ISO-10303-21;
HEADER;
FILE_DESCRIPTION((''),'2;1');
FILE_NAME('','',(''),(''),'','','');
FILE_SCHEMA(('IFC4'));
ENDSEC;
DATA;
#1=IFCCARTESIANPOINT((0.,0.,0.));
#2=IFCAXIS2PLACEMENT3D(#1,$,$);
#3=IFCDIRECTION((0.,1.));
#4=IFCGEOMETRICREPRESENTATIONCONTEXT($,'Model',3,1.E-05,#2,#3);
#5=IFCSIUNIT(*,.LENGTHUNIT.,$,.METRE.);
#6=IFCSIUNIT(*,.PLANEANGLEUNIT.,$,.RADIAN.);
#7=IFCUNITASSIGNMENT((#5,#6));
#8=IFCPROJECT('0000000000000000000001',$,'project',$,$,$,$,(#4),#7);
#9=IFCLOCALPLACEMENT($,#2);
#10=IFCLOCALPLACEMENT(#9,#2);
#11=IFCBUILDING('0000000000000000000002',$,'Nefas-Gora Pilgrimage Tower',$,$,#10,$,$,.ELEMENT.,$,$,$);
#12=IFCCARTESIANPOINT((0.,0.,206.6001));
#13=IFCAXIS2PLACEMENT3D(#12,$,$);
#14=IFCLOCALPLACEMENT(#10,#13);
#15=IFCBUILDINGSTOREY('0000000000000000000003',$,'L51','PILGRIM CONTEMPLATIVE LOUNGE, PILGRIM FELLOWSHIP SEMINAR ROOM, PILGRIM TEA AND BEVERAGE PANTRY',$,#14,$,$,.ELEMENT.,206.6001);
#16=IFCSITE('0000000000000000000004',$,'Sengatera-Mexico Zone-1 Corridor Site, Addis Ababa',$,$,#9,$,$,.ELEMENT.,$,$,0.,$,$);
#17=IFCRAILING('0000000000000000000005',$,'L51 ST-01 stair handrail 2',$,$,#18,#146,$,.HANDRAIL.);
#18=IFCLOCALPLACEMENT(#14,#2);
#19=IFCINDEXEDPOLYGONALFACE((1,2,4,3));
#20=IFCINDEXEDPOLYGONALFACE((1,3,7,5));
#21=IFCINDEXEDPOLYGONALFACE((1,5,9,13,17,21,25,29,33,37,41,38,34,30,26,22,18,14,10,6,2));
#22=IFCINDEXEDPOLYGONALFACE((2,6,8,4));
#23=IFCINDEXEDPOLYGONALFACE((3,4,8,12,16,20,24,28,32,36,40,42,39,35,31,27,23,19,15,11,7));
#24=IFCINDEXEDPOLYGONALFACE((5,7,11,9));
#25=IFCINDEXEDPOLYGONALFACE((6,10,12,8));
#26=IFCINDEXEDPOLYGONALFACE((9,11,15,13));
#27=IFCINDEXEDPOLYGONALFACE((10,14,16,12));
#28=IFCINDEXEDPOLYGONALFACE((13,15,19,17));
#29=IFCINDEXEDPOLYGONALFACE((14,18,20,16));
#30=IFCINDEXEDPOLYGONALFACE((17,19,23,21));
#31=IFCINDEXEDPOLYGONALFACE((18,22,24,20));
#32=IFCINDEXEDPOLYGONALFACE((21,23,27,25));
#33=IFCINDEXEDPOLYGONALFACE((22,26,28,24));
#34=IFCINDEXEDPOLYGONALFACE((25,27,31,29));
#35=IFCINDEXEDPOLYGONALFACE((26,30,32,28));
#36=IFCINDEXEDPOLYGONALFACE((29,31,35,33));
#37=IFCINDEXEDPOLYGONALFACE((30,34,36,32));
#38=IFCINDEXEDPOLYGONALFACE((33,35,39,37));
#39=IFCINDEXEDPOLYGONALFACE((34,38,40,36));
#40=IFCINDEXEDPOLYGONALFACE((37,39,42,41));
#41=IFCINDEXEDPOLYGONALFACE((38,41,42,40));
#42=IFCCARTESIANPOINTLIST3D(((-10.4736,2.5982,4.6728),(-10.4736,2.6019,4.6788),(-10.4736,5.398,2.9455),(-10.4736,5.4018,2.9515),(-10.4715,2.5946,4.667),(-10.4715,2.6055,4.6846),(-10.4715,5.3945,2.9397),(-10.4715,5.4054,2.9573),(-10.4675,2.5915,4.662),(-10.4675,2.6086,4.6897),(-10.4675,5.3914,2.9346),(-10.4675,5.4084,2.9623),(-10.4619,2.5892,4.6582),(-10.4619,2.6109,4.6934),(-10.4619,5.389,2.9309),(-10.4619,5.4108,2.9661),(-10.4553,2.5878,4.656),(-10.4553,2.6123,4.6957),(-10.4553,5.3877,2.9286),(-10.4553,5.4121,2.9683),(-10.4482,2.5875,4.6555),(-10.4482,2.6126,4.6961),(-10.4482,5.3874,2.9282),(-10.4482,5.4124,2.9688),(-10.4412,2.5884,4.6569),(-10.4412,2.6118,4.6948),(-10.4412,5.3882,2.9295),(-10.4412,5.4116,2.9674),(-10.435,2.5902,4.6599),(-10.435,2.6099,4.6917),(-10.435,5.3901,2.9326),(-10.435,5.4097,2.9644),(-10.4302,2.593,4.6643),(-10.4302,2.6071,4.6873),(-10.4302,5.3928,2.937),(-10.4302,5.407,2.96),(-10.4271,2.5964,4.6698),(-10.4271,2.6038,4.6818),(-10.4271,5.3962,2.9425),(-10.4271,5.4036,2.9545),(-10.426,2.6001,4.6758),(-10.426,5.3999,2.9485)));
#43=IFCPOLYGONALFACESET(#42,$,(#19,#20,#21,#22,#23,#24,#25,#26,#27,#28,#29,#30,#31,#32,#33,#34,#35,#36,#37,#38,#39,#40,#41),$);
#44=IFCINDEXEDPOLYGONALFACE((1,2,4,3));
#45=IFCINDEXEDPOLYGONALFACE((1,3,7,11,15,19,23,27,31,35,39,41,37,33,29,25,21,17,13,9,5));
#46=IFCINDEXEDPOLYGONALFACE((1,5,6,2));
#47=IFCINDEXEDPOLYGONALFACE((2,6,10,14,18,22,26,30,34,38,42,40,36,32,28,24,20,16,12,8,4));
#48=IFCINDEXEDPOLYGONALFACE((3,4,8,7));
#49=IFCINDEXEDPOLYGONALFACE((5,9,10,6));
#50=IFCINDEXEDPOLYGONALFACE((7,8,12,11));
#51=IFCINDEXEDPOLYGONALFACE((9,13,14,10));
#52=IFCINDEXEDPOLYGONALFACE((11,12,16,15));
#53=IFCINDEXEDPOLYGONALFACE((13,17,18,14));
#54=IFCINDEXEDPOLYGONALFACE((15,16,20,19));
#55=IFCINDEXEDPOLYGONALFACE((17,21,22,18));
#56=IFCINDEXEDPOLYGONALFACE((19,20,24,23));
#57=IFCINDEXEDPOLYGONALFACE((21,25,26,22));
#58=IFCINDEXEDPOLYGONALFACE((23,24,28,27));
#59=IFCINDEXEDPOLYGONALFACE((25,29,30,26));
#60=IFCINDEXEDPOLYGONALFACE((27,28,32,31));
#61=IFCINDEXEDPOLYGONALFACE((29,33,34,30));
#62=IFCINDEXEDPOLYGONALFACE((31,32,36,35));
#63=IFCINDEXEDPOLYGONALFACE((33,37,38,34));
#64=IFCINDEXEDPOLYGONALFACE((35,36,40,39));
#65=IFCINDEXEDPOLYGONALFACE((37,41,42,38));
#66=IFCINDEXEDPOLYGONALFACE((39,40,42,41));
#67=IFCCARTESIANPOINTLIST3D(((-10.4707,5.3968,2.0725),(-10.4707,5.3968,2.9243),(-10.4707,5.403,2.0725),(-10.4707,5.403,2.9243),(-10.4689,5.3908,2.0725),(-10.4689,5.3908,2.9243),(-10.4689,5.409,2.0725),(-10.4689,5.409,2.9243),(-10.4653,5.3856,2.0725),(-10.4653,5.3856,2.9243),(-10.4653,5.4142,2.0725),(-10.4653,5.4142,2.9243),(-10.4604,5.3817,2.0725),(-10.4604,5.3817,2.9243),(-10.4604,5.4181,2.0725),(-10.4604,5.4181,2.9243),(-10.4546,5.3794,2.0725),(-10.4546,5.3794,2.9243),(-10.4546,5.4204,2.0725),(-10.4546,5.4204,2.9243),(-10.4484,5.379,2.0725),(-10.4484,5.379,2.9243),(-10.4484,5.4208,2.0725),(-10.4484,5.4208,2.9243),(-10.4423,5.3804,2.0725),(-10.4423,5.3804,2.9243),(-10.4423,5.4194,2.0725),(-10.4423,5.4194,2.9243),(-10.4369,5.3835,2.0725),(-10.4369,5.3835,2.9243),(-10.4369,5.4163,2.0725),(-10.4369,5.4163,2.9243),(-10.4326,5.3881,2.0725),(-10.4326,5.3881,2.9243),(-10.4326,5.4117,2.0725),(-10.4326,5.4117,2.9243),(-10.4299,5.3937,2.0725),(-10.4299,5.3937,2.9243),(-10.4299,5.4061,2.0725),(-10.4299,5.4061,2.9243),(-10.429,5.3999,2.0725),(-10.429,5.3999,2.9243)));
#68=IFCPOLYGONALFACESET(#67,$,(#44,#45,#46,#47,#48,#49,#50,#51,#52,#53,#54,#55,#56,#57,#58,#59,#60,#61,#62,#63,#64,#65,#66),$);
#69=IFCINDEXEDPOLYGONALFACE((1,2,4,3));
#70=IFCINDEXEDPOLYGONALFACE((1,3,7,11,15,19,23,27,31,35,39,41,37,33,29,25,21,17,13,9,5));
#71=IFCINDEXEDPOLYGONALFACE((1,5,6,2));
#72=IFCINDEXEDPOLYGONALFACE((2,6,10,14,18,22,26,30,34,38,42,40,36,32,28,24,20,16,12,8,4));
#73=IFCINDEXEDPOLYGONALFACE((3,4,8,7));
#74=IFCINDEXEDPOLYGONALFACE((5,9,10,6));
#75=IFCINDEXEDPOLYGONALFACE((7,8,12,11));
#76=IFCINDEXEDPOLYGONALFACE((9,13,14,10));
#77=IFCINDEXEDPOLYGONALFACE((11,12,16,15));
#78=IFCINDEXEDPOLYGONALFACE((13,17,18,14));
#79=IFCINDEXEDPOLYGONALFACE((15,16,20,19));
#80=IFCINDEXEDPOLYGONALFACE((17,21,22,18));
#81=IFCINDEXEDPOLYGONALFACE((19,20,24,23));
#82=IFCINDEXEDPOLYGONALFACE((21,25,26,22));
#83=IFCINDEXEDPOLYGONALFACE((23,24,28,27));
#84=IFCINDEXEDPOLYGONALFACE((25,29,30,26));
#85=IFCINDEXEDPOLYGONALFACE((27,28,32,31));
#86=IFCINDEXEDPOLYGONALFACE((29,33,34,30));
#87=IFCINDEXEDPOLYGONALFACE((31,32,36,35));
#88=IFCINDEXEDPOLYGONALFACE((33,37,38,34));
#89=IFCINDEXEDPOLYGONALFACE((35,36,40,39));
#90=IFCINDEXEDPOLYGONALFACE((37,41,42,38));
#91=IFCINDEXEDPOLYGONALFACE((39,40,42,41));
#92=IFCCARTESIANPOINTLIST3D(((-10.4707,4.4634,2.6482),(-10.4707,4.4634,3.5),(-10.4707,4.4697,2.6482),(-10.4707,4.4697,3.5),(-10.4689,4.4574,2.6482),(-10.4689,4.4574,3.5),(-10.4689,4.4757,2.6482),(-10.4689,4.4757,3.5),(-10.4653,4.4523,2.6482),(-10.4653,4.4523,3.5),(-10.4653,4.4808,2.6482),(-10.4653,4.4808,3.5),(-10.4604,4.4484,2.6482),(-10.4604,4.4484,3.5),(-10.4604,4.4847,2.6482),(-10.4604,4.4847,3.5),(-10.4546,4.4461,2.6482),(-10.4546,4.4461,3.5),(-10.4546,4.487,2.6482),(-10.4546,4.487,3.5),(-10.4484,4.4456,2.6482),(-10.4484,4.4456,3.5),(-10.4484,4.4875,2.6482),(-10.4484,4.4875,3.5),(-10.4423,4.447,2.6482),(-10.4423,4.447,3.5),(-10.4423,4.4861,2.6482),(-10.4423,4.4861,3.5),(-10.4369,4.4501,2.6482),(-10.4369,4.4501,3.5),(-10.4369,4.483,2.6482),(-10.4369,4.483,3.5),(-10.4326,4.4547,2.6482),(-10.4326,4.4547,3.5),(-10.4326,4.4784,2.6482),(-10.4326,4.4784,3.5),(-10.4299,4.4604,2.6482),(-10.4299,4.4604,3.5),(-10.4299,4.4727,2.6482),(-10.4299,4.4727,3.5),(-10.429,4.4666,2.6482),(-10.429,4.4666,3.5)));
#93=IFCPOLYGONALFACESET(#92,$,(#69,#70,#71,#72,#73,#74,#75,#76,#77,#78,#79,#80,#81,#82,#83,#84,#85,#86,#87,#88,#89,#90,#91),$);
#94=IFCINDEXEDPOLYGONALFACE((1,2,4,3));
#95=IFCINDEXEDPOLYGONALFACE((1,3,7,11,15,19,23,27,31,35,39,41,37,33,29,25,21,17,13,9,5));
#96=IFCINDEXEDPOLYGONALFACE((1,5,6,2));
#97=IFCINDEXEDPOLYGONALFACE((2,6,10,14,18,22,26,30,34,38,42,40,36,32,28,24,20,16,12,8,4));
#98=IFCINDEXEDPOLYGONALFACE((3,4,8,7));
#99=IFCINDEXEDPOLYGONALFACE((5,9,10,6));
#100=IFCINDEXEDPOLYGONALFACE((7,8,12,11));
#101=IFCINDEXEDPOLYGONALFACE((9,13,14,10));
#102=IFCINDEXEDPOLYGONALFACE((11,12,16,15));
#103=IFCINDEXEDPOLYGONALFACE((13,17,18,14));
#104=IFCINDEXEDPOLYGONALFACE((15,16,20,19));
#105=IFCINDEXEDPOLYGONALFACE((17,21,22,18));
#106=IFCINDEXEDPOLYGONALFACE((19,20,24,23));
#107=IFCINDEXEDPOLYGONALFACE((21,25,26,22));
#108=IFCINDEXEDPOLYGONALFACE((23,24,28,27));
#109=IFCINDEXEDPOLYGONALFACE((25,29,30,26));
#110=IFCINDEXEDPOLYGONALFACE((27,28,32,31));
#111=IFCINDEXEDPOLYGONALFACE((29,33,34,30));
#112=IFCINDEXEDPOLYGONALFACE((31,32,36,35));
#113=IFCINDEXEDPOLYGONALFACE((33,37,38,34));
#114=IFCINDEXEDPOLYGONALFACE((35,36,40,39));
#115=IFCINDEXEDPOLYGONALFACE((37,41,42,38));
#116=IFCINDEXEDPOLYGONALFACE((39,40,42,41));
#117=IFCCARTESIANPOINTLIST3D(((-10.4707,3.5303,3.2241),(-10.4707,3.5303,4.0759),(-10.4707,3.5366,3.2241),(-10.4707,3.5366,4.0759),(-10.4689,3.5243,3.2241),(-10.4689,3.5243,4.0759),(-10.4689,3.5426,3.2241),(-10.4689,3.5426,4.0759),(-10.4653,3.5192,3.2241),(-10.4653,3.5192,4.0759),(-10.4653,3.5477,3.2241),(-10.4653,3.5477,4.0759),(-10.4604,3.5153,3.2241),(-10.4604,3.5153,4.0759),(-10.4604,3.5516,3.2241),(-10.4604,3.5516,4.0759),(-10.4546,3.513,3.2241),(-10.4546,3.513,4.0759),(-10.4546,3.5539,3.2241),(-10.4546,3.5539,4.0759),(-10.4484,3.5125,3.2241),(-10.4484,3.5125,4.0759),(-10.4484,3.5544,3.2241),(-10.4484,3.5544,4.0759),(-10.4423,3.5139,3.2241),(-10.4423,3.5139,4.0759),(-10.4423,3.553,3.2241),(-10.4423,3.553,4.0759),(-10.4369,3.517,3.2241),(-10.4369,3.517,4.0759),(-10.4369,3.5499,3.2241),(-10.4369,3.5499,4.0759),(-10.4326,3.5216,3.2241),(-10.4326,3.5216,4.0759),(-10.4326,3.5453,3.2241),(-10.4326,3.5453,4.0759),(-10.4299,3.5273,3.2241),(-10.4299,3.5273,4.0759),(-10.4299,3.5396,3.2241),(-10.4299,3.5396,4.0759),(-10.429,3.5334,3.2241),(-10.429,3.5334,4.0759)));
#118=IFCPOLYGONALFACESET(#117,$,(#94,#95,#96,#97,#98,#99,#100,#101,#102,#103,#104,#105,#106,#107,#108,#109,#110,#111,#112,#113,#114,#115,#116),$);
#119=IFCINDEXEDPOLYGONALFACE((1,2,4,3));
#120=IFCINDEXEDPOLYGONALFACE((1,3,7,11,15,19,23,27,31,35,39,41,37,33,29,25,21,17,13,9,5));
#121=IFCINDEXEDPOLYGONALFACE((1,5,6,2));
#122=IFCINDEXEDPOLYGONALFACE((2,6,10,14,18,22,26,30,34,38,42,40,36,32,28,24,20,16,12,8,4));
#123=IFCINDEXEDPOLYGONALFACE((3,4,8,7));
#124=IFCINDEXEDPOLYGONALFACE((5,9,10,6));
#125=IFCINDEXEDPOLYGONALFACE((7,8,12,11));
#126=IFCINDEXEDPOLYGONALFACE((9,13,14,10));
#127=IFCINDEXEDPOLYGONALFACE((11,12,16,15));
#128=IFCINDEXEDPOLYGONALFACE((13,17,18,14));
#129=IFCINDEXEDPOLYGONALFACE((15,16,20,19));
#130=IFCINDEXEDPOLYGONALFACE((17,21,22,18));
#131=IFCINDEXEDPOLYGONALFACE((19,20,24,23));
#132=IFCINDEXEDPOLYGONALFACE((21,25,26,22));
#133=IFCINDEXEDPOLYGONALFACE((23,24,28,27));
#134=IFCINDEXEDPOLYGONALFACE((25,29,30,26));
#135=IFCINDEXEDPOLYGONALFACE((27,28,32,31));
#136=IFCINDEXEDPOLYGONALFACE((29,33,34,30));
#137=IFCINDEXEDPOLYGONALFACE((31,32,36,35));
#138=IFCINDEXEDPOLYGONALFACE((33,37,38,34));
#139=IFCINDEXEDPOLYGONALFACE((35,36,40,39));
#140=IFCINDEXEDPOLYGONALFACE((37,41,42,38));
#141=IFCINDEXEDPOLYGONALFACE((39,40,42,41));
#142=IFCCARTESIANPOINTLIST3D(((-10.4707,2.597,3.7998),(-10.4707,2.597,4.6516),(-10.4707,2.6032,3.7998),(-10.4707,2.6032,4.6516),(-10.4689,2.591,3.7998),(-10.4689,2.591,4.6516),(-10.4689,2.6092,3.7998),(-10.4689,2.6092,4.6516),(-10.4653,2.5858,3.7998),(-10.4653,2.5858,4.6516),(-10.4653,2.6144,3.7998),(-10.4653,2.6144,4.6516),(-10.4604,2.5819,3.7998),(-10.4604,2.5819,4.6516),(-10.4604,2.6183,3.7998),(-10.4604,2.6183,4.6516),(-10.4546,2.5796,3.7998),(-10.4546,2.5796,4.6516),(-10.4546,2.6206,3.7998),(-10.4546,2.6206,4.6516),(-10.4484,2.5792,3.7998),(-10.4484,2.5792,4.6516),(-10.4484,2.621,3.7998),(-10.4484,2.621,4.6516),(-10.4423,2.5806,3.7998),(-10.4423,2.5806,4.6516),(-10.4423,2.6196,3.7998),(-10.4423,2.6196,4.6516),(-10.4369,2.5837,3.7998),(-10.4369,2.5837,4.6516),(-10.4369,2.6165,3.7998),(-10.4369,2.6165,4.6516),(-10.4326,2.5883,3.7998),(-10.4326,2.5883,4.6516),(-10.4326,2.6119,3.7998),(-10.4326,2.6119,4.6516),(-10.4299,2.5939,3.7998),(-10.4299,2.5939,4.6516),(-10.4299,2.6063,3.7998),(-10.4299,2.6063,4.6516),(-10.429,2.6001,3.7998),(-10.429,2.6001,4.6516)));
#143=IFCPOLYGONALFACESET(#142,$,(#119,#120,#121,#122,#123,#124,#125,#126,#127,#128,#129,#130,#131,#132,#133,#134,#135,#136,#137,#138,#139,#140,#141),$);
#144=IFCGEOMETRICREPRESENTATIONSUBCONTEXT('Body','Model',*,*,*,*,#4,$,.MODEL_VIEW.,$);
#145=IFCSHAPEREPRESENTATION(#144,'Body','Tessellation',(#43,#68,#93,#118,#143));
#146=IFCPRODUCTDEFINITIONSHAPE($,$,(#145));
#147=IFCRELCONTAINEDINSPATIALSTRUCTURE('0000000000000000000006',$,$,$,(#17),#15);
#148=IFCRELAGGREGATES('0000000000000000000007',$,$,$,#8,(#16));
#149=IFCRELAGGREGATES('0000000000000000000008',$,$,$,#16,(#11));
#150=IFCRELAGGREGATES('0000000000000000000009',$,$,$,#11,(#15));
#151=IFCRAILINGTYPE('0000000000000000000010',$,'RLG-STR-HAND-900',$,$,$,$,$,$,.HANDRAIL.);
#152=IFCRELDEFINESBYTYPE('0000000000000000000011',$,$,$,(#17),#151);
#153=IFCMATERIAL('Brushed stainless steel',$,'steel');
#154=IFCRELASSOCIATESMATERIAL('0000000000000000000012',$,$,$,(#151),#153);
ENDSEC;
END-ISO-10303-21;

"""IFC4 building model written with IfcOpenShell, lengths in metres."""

from ifc_helpers import new_model, si_unit, direction, frame, origin, origin_2d, place, context, subcontext, project, spatial, circle, extrude, material, type_object, element, save


model = new_model("IFC4")

# Units and contexts
model_context = context("Model", 3, precision=1e-05, world=origin(), true_north=direction((0.0, 1.0)))
body_context = subcontext(model_context, "Body", "Model", "MODEL_VIEW")
ifc_project = project(units=[si_unit("LENGTHUNIT", "METRE"), si_unit("PLANEANGLEUNIT", "RADIAN")], contexts=[model_context])

# Site, building, storey
site_placement = place(None, origin())
site = spatial("IfcSite", under=ifc_project, at=site_placement, Name="Sengatera-Mexico Zone-1 Corridor Site, Addis Ababa", CompositionType="ELEMENT", RefElevation=0.0)
building_placement = place(site_placement, origin())
building = spatial("IfcBuilding", under=site, at=building_placement, Name="Nefas-Gora Pilgrimage Tower", CompositionType="ELEMENT")
storey_placement = place(building_placement, frame((0.0, 0.0, 206.6001)))
storey = spatial("IfcBuildingStorey", under=building, at=storey_placement, Name="L51", Description="PILGRIM CONTEMPLATIVE LOUNGE, PILGRIM FELLOWSHIP SEMINAR ROOM, PILGRIM TEA AND BEVERAGE PANTRY", CompositionType="ELEMENT", Elevation=206.6001)

# Railing
ifc_material_1 = material(Name="Brushed stainless steel", Category="steel")
railing_type_1 = type_object("IfcRailingType", Name="RLG-STR-HAND-900", PredefinedType="HANDRAIL", material=ifc_material_1)
railing_1_placement = place(storey_placement, frame((-10.45, 5.3999, 2.0725)))
element("IfcRailing", 1, at=railing_1_placement, inside=storey, type_object=railing_type_1, Name="L51 ST-01 stair handrail 2", PredefinedType="HANDRAIL", context=body_context, shape_type="SweptSolid", body=[
    extrude(circle(Radius=0.0239, at=origin_2d()), frame((0.0, 0.0, 0.876), z_axis=(0.0, -0.851069, 0.525054), x_axis=(1.0, 0.0, 0.0)), (0.0, 0.0, 1.0), 3.2898),
    extrude(circle(Radius=0.021, at=origin_2d()), origin(), (0.0, 0.0, 1.0), 0.8518),
    extrude(circle(Radius=0.021, at=origin_2d()), frame((0.0, -0.9333, 0.5757)), (0.0, 0.0, 1.0), 0.8518),
    extrude(circle(Radius=0.021, at=origin_2d()), frame((0.0, -1.8665, 1.1516)), (0.0, 0.0, 1.0), 0.8518),
    extrude(circle(Radius=0.021, at=origin_2d()), frame((0.0, -2.7998, 1.7273)), (0.0, 0.0, 1.0), 0.8518),
])

save(model, "model.ifc")
